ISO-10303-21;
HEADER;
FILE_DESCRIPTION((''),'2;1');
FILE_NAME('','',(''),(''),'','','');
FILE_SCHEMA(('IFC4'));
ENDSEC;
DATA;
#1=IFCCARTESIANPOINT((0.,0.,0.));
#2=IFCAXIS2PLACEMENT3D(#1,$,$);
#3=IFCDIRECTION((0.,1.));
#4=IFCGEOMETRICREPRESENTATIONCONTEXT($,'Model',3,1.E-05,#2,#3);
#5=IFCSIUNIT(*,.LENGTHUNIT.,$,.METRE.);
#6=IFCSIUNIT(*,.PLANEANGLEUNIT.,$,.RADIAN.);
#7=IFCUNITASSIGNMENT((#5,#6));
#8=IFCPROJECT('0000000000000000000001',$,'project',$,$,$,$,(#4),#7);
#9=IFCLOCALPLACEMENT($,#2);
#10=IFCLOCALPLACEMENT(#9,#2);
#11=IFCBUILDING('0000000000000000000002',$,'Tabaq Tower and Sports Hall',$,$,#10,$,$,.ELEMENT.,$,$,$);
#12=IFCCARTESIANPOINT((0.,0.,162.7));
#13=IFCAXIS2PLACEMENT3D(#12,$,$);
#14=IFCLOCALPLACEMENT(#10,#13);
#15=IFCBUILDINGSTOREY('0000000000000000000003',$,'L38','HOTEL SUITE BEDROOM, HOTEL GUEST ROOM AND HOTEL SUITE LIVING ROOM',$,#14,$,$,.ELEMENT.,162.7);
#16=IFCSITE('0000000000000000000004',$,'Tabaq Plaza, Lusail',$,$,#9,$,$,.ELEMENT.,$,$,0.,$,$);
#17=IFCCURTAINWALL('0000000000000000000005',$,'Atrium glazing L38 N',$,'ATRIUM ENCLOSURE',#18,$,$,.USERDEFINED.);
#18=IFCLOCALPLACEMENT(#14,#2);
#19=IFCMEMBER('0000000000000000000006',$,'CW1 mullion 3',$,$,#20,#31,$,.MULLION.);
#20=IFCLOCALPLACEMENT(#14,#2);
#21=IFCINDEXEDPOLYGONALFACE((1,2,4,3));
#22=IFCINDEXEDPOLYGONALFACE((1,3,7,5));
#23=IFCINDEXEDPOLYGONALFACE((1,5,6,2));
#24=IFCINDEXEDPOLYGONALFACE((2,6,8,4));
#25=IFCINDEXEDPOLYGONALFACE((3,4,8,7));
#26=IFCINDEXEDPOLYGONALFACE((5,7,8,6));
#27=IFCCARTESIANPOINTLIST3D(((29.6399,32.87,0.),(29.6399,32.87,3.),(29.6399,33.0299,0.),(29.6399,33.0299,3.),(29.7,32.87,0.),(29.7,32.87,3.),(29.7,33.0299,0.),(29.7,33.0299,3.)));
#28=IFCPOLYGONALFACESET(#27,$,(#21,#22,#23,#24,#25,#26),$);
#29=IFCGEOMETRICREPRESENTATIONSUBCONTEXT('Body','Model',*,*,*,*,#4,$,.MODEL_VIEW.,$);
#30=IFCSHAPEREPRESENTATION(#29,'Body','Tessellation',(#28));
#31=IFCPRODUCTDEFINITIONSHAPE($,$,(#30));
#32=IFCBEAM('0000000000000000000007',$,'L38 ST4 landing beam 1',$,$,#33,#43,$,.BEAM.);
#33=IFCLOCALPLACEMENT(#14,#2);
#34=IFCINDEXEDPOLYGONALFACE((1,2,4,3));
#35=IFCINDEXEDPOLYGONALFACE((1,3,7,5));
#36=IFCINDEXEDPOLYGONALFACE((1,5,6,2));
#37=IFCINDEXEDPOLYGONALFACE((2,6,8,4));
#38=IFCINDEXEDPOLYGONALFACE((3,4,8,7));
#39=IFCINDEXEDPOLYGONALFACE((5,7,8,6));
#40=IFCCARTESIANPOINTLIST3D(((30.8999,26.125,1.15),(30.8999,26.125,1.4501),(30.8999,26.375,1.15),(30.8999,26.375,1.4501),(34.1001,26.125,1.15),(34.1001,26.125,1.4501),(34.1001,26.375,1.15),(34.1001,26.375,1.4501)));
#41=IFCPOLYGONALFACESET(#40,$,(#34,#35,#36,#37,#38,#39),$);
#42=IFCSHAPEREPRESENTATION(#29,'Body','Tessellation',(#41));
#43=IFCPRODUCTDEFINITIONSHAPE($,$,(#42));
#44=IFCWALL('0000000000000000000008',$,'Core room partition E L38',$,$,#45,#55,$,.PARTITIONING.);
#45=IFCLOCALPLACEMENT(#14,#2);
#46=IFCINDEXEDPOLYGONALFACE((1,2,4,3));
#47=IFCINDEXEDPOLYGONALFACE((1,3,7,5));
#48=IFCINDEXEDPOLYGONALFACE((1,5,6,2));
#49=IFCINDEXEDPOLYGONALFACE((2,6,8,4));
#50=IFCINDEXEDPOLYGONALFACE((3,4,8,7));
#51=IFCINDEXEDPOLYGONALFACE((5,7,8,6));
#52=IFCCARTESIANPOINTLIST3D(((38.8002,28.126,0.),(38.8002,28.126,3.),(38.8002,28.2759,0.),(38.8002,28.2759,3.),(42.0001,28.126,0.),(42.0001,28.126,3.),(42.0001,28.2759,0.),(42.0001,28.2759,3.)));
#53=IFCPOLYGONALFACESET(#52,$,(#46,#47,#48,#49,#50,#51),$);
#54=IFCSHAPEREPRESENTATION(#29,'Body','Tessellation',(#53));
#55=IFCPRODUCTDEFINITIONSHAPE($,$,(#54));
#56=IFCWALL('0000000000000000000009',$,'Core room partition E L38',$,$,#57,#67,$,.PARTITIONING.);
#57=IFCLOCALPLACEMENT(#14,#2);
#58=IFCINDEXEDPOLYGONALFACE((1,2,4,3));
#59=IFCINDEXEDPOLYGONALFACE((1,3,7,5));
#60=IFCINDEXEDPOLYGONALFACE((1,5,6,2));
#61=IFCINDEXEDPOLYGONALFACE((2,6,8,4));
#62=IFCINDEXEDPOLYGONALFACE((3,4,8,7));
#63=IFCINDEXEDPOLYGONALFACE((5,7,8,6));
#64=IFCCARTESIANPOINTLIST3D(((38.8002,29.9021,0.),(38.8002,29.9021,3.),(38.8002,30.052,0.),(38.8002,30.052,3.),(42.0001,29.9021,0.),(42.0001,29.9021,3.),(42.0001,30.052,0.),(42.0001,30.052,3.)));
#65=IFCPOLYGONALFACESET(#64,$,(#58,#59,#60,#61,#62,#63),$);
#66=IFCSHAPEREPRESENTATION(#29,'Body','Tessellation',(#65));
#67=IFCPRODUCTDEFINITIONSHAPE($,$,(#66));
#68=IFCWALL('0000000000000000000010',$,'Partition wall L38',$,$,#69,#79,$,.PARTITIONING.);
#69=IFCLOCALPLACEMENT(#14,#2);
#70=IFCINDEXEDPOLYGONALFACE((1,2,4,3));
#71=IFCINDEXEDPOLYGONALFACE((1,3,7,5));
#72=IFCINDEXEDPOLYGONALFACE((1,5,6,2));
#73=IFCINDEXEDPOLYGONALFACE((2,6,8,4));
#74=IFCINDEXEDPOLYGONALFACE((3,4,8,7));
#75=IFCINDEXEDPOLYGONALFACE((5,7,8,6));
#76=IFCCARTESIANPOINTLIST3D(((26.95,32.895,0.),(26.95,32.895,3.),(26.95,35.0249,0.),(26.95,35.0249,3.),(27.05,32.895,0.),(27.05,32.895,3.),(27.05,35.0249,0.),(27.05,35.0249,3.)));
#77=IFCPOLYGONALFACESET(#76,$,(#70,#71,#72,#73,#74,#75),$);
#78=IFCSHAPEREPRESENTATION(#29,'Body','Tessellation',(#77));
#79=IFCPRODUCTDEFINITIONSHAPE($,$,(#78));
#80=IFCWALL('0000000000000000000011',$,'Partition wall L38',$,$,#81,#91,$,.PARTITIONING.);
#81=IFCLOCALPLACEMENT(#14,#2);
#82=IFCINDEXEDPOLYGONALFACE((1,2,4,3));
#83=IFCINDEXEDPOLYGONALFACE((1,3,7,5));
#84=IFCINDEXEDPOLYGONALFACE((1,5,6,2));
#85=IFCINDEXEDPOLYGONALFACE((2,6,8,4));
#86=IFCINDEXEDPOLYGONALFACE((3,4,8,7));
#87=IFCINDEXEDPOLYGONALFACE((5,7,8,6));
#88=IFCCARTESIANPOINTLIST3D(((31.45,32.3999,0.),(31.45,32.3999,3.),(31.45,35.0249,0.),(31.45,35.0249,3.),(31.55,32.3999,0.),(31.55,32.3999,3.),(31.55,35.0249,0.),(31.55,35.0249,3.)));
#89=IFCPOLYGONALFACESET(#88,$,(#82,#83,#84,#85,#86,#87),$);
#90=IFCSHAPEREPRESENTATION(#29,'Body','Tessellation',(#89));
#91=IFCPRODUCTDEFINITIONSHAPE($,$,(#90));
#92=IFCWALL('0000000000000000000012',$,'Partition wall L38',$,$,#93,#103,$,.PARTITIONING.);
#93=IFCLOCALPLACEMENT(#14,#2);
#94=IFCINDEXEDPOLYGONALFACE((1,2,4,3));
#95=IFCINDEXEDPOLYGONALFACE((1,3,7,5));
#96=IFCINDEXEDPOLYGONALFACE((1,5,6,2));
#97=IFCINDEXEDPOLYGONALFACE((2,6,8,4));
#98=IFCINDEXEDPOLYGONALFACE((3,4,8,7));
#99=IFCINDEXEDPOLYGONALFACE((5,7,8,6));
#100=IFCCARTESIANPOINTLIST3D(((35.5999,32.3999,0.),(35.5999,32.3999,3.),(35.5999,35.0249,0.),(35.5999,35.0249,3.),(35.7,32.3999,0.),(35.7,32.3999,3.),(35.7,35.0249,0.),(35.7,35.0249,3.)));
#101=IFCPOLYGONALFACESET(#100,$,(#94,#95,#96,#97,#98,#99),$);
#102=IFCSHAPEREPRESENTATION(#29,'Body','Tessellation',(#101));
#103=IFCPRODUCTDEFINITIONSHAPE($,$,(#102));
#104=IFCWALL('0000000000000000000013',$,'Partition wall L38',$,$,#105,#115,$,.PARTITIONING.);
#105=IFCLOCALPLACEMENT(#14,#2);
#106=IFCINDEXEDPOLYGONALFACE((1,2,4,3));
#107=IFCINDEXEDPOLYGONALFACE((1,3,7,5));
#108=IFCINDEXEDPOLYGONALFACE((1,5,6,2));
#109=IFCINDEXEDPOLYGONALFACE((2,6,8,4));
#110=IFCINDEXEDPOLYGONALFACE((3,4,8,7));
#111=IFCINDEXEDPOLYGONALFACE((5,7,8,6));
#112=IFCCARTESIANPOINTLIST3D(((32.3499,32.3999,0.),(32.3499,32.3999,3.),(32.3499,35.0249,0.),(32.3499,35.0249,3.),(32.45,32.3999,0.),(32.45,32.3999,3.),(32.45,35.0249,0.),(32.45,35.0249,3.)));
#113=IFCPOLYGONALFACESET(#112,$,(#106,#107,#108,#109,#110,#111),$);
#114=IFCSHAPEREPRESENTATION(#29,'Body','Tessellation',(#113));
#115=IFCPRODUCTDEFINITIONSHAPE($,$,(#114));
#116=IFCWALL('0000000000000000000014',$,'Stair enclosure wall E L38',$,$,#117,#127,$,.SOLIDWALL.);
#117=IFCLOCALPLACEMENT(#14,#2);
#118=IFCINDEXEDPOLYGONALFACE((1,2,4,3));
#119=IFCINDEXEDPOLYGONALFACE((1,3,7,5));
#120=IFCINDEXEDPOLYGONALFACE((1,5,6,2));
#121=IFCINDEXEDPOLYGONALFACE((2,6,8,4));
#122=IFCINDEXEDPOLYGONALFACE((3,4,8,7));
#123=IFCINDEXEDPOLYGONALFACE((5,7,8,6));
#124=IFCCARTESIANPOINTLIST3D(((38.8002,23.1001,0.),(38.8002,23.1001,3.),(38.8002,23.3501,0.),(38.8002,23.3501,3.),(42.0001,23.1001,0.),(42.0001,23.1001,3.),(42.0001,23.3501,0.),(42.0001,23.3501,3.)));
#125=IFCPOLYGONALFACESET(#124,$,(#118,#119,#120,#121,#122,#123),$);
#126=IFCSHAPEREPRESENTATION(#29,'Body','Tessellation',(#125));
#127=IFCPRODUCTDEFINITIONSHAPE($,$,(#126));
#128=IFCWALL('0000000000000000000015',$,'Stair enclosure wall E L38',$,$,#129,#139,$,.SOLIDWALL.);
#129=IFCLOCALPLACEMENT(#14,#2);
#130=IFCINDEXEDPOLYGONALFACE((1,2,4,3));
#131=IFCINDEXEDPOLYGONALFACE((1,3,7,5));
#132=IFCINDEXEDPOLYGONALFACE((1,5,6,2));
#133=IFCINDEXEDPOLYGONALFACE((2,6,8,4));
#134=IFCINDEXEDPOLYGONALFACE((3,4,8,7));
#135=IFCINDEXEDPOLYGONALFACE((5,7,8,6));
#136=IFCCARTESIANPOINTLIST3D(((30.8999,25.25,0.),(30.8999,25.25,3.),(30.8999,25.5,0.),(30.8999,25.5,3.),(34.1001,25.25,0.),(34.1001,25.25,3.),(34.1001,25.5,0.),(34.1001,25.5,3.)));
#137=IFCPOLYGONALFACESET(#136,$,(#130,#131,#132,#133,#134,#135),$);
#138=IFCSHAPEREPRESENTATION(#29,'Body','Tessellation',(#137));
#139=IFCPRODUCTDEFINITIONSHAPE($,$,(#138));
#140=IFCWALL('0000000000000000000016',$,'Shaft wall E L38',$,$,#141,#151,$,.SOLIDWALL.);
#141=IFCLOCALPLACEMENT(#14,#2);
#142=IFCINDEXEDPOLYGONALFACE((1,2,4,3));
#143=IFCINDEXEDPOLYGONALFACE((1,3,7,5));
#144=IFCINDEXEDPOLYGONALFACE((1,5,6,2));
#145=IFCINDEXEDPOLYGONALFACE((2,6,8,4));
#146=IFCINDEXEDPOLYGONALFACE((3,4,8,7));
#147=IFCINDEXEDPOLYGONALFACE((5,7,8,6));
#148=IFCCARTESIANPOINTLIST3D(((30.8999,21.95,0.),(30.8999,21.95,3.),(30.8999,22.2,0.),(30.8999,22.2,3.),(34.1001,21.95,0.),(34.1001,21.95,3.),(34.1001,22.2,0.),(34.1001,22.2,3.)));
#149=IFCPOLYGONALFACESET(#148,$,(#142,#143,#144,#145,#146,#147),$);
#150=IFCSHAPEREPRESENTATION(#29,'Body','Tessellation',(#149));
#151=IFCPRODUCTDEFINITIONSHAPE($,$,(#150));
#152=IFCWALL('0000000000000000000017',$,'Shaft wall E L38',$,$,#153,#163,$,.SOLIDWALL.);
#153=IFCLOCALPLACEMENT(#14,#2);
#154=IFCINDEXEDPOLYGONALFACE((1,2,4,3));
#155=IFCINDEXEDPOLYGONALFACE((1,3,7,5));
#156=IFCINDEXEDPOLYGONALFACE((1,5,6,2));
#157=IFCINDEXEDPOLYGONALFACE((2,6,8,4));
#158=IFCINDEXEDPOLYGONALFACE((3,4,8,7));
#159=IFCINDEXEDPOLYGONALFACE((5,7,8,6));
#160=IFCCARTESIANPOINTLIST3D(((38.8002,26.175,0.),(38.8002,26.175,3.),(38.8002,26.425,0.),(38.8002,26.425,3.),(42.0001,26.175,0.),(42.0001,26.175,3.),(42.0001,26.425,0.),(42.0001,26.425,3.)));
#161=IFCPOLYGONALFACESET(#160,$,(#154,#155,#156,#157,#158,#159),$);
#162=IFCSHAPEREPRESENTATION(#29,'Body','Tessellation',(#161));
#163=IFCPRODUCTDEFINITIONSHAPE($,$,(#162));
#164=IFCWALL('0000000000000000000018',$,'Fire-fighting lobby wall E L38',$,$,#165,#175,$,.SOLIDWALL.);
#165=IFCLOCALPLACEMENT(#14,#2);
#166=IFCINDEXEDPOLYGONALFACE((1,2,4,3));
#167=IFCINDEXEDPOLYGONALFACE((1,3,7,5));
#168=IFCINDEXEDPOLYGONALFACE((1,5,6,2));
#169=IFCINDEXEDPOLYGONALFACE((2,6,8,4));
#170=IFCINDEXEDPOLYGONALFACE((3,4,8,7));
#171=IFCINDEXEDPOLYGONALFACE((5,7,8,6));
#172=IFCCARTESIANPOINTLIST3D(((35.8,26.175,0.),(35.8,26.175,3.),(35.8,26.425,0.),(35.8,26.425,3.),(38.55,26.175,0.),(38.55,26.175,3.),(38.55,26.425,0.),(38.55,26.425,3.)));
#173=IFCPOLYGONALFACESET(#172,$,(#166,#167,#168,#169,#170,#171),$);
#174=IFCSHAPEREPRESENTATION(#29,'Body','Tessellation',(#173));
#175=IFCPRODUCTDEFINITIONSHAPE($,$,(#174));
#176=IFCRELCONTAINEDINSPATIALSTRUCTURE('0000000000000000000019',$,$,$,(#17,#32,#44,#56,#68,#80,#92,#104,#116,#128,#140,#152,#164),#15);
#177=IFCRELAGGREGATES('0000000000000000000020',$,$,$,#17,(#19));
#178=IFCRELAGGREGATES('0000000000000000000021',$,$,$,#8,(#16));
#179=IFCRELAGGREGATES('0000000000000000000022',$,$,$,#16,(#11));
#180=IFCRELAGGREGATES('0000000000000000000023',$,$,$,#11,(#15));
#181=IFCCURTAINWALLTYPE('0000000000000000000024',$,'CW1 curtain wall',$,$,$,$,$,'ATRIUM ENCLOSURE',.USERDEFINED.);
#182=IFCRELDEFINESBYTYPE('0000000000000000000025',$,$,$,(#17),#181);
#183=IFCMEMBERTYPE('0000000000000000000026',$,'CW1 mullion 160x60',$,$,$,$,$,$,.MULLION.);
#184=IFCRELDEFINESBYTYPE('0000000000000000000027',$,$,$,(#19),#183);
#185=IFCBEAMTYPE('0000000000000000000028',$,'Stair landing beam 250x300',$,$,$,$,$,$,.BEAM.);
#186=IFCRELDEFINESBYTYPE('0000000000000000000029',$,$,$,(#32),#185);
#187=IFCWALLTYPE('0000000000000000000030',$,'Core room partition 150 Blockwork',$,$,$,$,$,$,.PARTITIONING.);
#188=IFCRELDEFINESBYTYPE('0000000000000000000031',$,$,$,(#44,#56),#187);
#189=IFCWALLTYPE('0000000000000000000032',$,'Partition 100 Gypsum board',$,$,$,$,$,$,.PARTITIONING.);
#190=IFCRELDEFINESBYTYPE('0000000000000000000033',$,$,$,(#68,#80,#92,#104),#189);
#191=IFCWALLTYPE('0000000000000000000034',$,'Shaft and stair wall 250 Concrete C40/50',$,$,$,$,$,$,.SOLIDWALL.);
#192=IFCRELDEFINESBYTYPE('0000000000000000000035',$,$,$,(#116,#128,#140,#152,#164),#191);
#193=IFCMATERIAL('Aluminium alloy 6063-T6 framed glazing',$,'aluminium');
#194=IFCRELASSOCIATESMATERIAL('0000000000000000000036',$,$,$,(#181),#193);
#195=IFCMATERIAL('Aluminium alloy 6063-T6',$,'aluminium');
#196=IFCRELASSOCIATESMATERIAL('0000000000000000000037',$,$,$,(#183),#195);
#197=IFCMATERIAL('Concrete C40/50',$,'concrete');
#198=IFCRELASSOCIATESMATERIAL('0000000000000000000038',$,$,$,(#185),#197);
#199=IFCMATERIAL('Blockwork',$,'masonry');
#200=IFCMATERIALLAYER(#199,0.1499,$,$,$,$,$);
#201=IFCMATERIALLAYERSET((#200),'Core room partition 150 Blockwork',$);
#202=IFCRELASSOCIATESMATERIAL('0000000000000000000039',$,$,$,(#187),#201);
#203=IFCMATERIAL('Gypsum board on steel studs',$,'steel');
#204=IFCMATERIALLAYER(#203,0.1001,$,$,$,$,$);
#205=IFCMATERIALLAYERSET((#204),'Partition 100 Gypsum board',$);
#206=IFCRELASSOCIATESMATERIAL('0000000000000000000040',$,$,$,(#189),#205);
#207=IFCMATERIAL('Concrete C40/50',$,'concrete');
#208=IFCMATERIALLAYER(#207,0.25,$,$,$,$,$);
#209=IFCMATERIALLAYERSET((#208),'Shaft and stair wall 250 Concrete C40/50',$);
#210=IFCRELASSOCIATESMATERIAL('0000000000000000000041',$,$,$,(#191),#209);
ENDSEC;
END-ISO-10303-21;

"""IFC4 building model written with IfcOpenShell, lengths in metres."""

from ifc_helpers import new_model, si_unit, direction, frame, frame_2d, origin, origin_2d, place, context, subcontext, project, spatial, rectangle, extrude, material, layer, layer_set, material_profile, profile_set, type_object, element, aggregate, save


model = new_model("IFC4")

# Units and contexts
model_context = context("Model", 3, precision=1e-05, world=origin(), true_north=direction((0.0, 1.0)))
body_context = subcontext(model_context, "Body", "Model", "MODEL_VIEW")
ifc_project = project(units=[si_unit("LENGTHUNIT", "METRE"), si_unit("PLANEANGLEUNIT", "RADIAN")], contexts=[model_context])

# Site, building, storey
site_placement = place(None, origin())
site = spatial("IfcSite", under=ifc_project, at=site_placement, Name="Tabaq Plaza, Lusail", CompositionType="ELEMENT", RefElevation=0.0)
building_placement = place(site_placement, origin())
building = spatial("IfcBuilding", under=site, at=building_placement, Name="Tabaq Tower and Sports Hall", CompositionType="ELEMENT")
storey_placement = place(building_placement, frame((0.0, 0.0, 162.7)))
storey = spatial("IfcBuildingStorey", under=building, at=storey_placement, Name="L38", Description="HOTEL SUITE BEDROOM, HOTEL GUEST ROOM AND HOTEL SUITE LIVING ROOM", CompositionType="ELEMENT", Elevation=162.7)

# Curtain wall, member
ifc_material_1 = material(Name="Aluminium alloy 6063-T6 framed glazing", Category="aluminium")
curtain_wall_type = type_object("IfcCurtainWallType", Name="CW1 curtain wall", ElementType="ATRIUM ENCLOSURE", PredefinedType="USERDEFINED", material=ifc_material_1)
curtain_wall_placement = place(storey_placement, origin())
curtain_wall = element("IfcCurtainWall", 1, at=curtain_wall_placement, inside=storey, type_object=curtain_wall_type, Name="Atrium glazing L38 N", ObjectType="ATRIUM ENCLOSURE", PredefinedType="USERDEFINED")
ifc_material_2 = material(Name="Aluminium alloy 6063-T6", Category="aluminium")
ifc_material_profile_1 = material_profile(ifc_material_2, rectangle(XDim=0.1599, YDim=0.0601, at=origin_2d()), Name="MULLION 160x60")
ifc_profile_set_1 = profile_set([ifc_material_profile_1], Name="Aluminium alloy 6063-T6")
member_type = type_object("IfcMemberType", Name="CW1 mullion 160x60", PredefinedType="MULLION", material=ifc_profile_set_1)
member_placement = place(storey_placement, frame((29.6699, 32.95, 0.0), z_axis=(0.0, 0.0, 1.0), x_axis=(0.0, 1.0, 0.0)))
member = element("IfcMember", 2, at=member_placement, type_object=member_type, Name="CW1 mullion 3", PredefinedType="MULLION", context=body_context, shape_type="SweptSolid", body=[
    extrude(rectangle(XDim=0.1599, YDim=0.0601, at=origin_2d()), origin(), (0.0, 0.0, 1.0), 3.0),
])
aggregate(curtain_wall, [member])

# Beam
ifc_material_3 = material(Name="Concrete C40/50", Category="concrete")
ifc_material_profile_2 = material_profile(ifc_material_3, rectangle(XDim=0.25, YDim=0.3, at=origin_2d()), Name="RC 250x300")
ifc_profile_set_2 = profile_set([ifc_material_profile_2], Name="Concrete C40/50")
beam_type = type_object("IfcBeamType", Name="Stair landing beam 250x300", PredefinedType="BEAM", material=ifc_profile_set_2)
beam_placement = place(storey_placement, frame((30.8999, 26.25, 1.3), z_axis=(1.0, 0.0, 0.0), x_axis=(0.0, 1.0, 0.0)))
element("IfcBeam", 3, at=beam_placement, inside=storey, type_object=beam_type, Name="L38 ST4 landing beam 1", PredefinedType="BEAM", context=body_context, shape_type="SweptSolid", body=[
    extrude(rectangle(XDim=0.25, YDim=0.3, at=origin_2d()), origin(), (0.0, 0.0, 1.0), 3.2002),
])

# Walls
ifc_material_4 = material(Name="Blockwork", Category="masonry")
ifc_layer_1 = layer(ifc_material_4, 0.1499)
ifc_layer_set_1 = layer_set([ifc_layer_1], Name="Core room partition 150 Blockwork")
wall_type_1 = type_object("IfcWallType", Name="Core room partition 150 Blockwork", PredefinedType="PARTITIONING", material=ifc_layer_set_1)
for number, where, z_axis, x_axis, name in (
    (4, (38.8, 28.2009, 0.0), (0.0, 0.0, 1.0), (1.0, 0.0, 0.0), "Core room partition E L38"),
    (5, (38.8, 29.9771, 0.0), (0.0, 0.0, 1.0), (1.0, 0.0, 0.0), "Core room partition E L38"),
):
    element("IfcWall", number, at=place(storey_placement, frame(where, z_axis=z_axis, x_axis=x_axis)), inside=storey, type_object=wall_type_1, Name=name, PredefinedType="PARTITIONING", context=body_context, shape_type="SweptSolid", body=[
        extrude(rectangle(XDim=3.2, YDim=0.1499, at=frame_2d((1.6001, 0.0))), origin(), (0.0, 0.0, 1.0), 3.0),
    ])

# Walls
ifc_material_5 = material(Name="Gypsum board on steel studs", Category="steel")
ifc_layer_2 = layer(ifc_material_5, 0.1001)
ifc_layer_set_2 = layer_set([ifc_layer_2], Name="Partition 100 Gypsum board")
wall_type_2 = type_object("IfcWallType", Name="Partition 100 Gypsum board", PredefinedType="PARTITIONING", material=ifc_layer_set_2)
wall_1_placement = place(storey_placement, frame((27.0, 32.895, 0.0), z_axis=(0.0, 0.0, 1.0), x_axis=(0.0, 1.0, 0.0)))
element("IfcWall", 6, at=wall_1_placement, inside=storey, type_object=wall_type_2, Name="Partition wall L38", PredefinedType="PARTITIONING", context=body_context, shape_type="SweptSolid", body=[
    extrude(rectangle(XDim=2.1299, YDim=0.1001, at=frame_2d((1.0649, 0.0))), origin(), (0.0, 0.0, 1.0), 3.0),
])
for number, where, z_axis, x_axis, name in (
    (7, (31.5, 32.3999, 0.0), (0.0, 0.0, 1.0), (0.0, 1.0, 0.0), "Partition wall L38"),
    (8, (35.6499, 35.0249, 0.0), (0.0, 0.0, 1.0), (0.0, -1.0, 0.0), "Partition wall L38"),
    (9, (32.3999, 35.0249, 0.0), (0.0, 0.0, 1.0), (0.0, -1.0, 0.0), "Partition wall L38"),
):
    element("IfcWall", number, at=place(storey_placement, frame(where, z_axis=z_axis, x_axis=x_axis)), inside=storey, type_object=wall_type_2, Name=name, PredefinedType="PARTITIONING", context=body_context, shape_type="SweptSolid", body=[
        extrude(rectangle(XDim=2.625, YDim=0.1001, at=frame_2d((1.3125, 0.0))), origin(), (0.0, 0.0, 1.0), 3.0),
    ])
ifc_material_6 = material(Name="Concrete C40/50", Category="concrete")
ifc_layer_3 = layer(ifc_material_6, 0.25)
ifc_layer_set_3 = layer_set([ifc_layer_3], Name="Shaft and stair wall 250 Concrete C40/50")
wall_type_3 = type_object("IfcWallType", Name="Shaft and stair wall 250 Concrete C40/50", PredefinedType="SOLIDWALL", material=ifc_layer_set_3)
wall_2_placement = place(storey_placement, frame((38.8, 23.2251, 0.0), z_axis=(0.0, 0.0, 1.0), x_axis=(1.0, 0.0, 0.0)))
element("IfcWall", 10, at=wall_2_placement, inside=storey, type_object=wall_type_3, Name="Stair enclosure wall E L38", PredefinedType="SOLIDWALL", context=body_context, shape_type="SweptSolid", body=[
    extrude(rectangle(XDim=3.2, YDim=0.25, at=frame_2d((1.6001, 0.0))), origin(), (0.0, 0.0, 1.0), 3.0),
])
for number, where, z_axis, x_axis, name in (
    (11, (30.8999, 25.375, 0.0), (0.0, 0.0, 1.0), (1.0, 0.0, 0.0), "Stair enclosure wall E L38"),
    (12, (30.8999, 22.075, 0.0), (0.0, 0.0, 1.0), (1.0, 0.0, 0.0), "Shaft wall E L38"),
):
    element("IfcWall", number, at=place(storey_placement, frame(where, z_axis=z_axis, x_axis=x_axis)), inside=storey, type_object=wall_type_3, Name=name, PredefinedType="SOLIDWALL", context=body_context, shape_type="SweptSolid", body=[
        extrude(rectangle(XDim=3.2002, YDim=0.25, at=frame_2d((1.6001, 0.0))), origin(), (0.0, 0.0, 1.0), 3.0),
    ])
wall_3_placement = place(storey_placement, frame((38.8, 26.3, 0.0), z_axis=(0.0, 0.0, 1.0), x_axis=(1.0, 0.0, 0.0)))
element("IfcWall", 13, at=wall_3_placement, inside=storey, type_object=wall_type_3, Name="Shaft wall E L38", PredefinedType="SOLIDWALL", context=body_context, shape_type="SweptSolid", body=[
    extrude(rectangle(XDim=3.2, YDim=0.25, at=frame_2d((1.6001, 0.0))), origin(), (0.0, 0.0, 1.0), 3.0),
])
wall_4_placement = place(storey_placement, frame((35.8, 26.3, 0.0), z_axis=(0.0, 0.0, 1.0), x_axis=(1.0, 0.0, 0.0)))
element("IfcWall", 14, at=wall_4_placement, inside=storey, type_object=wall_type_3, Name="Fire-fighting lobby wall E L38", PredefinedType="SOLIDWALL", context=body_context, shape_type="SweptSolid", body=[
    extrude(rectangle(XDim=2.75, YDim=0.25, at=frame_2d((1.375, 0.0))), origin(), (0.0, 0.0, 1.0), 3.0),
])

save(model, "model.ifc")
